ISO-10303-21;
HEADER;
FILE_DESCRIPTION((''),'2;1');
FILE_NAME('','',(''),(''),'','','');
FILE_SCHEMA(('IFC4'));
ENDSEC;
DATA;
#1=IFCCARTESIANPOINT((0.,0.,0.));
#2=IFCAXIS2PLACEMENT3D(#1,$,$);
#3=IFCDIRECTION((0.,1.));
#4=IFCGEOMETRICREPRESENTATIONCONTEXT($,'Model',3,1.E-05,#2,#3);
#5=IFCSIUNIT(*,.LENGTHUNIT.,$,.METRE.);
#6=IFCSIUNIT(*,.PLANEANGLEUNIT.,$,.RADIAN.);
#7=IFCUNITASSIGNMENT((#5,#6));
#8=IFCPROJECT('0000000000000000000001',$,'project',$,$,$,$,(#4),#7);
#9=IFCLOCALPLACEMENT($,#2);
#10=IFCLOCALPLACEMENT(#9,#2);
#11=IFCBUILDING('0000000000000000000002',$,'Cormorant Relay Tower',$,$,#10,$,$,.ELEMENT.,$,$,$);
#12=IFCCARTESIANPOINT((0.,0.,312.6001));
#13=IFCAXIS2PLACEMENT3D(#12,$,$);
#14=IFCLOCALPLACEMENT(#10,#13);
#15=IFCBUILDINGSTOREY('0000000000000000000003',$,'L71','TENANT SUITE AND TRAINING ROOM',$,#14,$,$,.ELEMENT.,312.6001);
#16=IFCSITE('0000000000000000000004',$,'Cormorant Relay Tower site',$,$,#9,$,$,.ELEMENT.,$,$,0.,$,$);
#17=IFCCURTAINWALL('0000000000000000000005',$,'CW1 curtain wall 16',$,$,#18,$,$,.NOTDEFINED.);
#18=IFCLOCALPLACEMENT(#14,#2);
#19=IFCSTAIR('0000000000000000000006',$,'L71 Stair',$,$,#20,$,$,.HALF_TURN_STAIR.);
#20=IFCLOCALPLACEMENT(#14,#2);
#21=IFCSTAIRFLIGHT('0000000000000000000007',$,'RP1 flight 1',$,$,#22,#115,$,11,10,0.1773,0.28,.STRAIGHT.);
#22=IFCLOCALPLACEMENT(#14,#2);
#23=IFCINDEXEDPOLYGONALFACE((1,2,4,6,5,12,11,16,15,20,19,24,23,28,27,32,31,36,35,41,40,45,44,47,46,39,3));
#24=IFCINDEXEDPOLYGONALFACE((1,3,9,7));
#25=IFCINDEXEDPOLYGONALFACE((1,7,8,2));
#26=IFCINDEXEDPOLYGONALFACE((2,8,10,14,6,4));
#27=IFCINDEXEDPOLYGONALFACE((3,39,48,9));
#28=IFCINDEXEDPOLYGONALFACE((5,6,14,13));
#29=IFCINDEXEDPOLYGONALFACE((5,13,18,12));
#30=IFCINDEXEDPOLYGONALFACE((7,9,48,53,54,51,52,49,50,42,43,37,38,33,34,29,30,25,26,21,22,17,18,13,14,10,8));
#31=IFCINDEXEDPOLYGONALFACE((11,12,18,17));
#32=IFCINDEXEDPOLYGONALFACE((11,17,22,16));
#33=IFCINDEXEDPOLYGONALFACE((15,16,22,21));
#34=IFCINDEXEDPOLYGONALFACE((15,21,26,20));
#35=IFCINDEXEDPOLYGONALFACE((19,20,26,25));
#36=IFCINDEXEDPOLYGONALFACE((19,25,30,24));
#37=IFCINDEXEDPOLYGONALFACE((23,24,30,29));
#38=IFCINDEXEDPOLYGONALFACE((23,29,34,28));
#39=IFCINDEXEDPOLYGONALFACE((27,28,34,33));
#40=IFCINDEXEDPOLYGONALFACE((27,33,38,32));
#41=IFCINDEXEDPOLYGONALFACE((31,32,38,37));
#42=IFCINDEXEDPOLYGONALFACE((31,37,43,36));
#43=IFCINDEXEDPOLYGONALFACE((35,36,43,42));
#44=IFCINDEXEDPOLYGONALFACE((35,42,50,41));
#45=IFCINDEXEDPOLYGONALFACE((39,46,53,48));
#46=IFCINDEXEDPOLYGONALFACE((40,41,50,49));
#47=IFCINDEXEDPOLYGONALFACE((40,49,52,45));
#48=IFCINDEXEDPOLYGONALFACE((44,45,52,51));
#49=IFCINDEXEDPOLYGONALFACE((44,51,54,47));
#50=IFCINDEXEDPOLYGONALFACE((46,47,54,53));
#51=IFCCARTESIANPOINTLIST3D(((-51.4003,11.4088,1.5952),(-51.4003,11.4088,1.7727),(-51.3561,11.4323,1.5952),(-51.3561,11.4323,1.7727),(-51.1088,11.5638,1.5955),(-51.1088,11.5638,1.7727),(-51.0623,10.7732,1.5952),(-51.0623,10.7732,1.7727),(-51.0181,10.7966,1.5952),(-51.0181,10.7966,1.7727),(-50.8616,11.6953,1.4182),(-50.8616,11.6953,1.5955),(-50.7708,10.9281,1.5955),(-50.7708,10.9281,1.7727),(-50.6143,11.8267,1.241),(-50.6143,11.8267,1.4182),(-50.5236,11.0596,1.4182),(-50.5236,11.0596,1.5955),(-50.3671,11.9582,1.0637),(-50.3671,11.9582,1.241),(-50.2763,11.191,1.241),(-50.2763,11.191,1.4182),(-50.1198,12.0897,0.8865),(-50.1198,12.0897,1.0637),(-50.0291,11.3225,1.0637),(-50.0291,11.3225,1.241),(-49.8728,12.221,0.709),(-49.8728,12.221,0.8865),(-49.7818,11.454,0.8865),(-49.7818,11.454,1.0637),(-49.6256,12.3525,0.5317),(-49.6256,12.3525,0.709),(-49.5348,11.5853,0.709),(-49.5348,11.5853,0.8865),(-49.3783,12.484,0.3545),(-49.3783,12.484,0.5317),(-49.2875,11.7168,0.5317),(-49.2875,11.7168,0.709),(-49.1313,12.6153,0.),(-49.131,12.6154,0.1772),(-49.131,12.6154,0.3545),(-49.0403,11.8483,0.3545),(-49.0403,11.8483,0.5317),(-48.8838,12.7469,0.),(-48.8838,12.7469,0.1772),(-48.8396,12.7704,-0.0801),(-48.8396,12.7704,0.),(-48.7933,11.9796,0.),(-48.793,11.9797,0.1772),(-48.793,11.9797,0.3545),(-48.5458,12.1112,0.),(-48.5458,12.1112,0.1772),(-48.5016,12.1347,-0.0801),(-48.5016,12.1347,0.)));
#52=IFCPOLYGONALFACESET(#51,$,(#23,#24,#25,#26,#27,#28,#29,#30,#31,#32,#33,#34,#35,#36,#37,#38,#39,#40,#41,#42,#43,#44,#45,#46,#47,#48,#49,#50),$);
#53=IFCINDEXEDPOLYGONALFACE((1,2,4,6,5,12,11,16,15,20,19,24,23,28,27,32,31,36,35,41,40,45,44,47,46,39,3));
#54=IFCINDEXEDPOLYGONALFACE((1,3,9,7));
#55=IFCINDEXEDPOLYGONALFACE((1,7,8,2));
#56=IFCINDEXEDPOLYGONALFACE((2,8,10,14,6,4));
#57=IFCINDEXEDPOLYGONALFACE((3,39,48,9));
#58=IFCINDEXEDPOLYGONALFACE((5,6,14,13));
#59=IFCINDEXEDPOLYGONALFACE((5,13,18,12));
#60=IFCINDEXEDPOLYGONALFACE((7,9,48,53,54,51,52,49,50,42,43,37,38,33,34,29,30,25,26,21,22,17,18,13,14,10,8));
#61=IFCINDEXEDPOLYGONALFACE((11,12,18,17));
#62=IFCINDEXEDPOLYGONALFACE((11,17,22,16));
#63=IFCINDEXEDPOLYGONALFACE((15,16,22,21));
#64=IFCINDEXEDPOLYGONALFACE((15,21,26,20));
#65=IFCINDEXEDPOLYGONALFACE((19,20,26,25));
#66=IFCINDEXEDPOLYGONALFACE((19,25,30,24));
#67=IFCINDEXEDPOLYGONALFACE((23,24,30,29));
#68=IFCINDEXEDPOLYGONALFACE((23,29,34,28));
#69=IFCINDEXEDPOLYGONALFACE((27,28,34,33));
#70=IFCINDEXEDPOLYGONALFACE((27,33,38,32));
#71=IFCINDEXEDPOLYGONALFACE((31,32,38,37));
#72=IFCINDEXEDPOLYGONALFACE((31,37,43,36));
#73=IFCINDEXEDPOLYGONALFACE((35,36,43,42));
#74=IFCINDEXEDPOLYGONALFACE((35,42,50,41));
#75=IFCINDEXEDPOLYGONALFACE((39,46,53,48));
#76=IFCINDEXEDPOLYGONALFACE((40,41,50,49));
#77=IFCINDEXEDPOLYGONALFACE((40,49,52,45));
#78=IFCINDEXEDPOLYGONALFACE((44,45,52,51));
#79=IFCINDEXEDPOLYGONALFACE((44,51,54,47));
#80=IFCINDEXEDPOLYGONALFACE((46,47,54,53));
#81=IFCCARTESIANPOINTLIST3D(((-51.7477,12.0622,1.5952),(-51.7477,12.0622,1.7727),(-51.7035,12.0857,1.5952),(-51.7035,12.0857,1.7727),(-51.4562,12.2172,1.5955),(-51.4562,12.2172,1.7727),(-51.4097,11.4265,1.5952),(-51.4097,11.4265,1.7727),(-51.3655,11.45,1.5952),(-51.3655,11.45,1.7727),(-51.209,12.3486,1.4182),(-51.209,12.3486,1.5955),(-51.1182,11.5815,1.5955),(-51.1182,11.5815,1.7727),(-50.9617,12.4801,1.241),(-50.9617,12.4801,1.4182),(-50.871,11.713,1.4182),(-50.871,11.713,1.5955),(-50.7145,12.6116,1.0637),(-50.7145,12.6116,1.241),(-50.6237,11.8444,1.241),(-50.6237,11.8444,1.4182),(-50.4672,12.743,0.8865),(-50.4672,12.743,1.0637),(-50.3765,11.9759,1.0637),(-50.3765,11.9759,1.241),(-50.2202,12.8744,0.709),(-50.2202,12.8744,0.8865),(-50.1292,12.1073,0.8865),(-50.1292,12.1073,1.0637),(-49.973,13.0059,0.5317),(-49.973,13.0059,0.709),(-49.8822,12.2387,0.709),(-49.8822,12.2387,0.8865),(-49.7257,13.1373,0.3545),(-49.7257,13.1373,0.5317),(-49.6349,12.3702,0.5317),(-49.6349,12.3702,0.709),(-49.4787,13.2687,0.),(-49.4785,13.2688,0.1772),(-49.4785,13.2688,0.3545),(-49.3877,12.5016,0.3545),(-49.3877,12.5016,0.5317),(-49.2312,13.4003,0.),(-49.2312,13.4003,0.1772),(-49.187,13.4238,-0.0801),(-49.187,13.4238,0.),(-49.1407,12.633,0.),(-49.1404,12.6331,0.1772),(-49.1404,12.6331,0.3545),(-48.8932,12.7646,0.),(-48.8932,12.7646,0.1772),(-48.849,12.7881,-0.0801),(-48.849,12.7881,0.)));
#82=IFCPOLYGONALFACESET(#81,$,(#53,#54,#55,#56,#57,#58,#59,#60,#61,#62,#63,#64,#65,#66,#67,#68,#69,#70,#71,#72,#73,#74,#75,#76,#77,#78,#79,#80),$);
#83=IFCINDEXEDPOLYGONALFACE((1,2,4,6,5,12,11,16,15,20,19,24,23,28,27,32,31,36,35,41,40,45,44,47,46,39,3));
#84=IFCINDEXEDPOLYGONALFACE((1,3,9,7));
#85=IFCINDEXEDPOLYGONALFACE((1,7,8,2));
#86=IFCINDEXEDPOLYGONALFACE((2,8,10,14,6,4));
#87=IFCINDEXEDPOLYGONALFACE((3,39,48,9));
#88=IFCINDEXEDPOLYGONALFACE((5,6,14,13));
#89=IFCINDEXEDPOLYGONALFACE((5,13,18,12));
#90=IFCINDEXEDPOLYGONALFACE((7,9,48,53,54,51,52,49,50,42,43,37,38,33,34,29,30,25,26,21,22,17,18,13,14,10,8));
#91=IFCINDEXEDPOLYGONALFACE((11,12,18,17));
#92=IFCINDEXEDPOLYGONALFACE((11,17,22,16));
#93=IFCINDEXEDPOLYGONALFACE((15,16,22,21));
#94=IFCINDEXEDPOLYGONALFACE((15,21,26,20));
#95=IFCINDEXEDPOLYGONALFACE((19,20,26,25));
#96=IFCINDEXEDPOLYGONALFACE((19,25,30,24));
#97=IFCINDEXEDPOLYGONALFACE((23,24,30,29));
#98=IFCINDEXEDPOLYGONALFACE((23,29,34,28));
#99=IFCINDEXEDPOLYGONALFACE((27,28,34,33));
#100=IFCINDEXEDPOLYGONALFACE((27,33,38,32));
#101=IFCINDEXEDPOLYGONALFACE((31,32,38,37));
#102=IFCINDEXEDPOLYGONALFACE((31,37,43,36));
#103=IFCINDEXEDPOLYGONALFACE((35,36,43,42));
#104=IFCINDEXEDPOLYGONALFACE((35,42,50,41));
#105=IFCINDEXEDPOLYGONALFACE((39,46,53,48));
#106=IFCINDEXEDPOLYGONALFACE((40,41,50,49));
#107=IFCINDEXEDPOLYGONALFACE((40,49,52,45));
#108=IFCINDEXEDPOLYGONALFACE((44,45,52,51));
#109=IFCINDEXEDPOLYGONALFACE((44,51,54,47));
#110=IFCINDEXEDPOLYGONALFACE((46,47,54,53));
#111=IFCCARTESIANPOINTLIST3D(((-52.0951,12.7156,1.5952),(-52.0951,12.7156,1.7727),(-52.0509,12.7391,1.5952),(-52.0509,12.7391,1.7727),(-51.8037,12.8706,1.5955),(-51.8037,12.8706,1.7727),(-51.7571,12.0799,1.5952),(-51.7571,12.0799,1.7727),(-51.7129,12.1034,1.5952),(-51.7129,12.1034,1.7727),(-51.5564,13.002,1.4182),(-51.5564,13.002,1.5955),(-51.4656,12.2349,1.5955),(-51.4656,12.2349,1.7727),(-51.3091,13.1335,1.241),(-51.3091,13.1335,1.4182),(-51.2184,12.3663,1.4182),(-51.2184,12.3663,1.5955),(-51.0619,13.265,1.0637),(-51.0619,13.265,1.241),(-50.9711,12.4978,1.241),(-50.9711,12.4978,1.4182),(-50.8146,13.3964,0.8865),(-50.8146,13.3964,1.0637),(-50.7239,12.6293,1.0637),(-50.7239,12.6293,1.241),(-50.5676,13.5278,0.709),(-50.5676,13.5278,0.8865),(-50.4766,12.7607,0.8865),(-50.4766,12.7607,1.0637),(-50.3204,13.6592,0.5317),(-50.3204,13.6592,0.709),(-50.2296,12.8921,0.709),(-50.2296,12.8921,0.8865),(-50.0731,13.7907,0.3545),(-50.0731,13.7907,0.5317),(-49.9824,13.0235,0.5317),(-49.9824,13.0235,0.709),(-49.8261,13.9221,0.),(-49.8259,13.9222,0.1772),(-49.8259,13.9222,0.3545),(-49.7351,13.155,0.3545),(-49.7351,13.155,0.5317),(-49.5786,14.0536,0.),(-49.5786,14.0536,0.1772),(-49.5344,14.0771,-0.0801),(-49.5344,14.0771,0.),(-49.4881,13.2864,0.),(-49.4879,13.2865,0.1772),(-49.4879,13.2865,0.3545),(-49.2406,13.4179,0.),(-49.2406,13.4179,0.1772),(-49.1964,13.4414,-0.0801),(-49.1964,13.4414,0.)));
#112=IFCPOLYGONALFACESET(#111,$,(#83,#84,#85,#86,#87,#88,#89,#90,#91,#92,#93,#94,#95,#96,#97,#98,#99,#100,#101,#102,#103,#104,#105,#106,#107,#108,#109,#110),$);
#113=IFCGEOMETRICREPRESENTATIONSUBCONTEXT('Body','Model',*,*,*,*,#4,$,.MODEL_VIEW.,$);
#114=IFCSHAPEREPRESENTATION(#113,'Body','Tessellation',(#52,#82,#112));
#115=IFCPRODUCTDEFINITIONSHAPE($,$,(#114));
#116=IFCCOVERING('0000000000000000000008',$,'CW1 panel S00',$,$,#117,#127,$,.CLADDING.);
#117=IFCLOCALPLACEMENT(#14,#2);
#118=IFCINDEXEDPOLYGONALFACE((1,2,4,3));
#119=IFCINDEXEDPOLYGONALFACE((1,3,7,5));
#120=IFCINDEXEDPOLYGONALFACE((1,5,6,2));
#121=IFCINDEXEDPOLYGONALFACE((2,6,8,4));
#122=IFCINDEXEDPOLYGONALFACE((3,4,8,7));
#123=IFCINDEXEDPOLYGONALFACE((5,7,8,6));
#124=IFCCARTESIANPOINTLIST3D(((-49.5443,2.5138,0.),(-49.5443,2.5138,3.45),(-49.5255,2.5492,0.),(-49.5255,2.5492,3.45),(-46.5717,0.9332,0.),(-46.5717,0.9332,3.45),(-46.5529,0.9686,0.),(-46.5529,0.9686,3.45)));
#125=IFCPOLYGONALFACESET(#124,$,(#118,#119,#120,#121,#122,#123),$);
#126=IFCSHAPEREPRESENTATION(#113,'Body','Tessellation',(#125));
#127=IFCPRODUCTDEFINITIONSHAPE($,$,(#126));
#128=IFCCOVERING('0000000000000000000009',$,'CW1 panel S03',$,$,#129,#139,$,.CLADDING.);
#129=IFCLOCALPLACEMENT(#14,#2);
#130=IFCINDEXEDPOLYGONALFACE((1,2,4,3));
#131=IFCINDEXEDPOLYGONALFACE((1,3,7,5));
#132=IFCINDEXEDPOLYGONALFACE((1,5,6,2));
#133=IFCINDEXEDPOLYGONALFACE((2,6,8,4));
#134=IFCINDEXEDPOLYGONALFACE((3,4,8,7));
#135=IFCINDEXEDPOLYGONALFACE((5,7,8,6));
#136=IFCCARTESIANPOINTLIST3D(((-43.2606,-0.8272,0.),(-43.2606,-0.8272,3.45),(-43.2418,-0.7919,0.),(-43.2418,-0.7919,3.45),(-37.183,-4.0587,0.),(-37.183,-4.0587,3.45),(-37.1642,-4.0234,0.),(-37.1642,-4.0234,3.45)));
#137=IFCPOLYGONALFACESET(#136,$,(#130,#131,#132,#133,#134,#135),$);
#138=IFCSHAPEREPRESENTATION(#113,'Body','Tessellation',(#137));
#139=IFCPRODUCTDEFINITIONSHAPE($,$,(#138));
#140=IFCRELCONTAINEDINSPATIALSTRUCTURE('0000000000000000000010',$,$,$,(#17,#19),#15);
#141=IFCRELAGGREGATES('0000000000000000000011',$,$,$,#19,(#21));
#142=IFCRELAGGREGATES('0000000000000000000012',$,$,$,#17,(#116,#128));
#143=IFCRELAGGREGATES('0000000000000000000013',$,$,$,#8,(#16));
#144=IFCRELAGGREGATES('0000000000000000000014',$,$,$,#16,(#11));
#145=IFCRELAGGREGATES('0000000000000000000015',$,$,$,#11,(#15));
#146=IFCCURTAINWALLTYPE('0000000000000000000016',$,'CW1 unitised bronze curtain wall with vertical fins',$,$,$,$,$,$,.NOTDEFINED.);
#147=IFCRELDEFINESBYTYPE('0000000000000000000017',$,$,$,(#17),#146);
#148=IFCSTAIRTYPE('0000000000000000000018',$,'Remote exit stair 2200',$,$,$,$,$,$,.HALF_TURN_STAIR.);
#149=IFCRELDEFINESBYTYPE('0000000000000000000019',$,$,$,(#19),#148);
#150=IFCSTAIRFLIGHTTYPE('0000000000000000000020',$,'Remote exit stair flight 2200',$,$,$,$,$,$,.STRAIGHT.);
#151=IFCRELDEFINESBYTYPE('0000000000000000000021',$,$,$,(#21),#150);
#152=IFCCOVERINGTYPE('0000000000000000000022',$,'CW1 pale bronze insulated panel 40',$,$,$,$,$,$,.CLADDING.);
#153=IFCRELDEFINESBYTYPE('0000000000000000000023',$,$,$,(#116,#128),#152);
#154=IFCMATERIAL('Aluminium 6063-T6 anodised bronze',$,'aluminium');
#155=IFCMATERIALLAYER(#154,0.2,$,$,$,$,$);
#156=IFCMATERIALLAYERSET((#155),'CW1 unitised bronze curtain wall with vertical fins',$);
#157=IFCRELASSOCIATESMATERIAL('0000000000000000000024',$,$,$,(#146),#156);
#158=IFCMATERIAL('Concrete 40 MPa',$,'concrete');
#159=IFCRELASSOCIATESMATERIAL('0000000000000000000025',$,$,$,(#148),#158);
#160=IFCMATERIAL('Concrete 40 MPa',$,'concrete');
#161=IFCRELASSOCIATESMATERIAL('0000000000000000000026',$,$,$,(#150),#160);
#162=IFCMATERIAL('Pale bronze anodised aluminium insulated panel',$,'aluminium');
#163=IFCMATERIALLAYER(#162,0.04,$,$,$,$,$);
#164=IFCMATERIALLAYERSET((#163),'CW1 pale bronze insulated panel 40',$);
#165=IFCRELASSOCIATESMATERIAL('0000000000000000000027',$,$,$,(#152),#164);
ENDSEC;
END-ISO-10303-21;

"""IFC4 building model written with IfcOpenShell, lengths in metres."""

from ifc_helpers import new_model, si_unit, direction, frame, origin, origin_2d, place, context, subcontext, project, spatial, polyline, rectangle, outline, extrude, material, layer, layer_set, type_object, element, aggregate, save


model = new_model("IFC4")

# Units and contexts
model_context = context("Model", 3, precision=1e-05, world=origin(), true_north=direction((0.0, 1.0)))
body_context = subcontext(model_context, "Body", "Model", "MODEL_VIEW")
ifc_project = project(units=[si_unit("LENGTHUNIT", "METRE"), si_unit("PLANEANGLEUNIT", "RADIAN")], contexts=[model_context])

# Site, building, storey
site_placement = place(None, origin())
site = spatial("IfcSite", under=ifc_project, at=site_placement, Name="Cormorant Relay Tower site", CompositionType="ELEMENT", RefElevation=0.0)
building_placement = place(site_placement, origin())
building = spatial("IfcBuilding", under=site, at=building_placement, Name="Cormorant Relay Tower", CompositionType="ELEMENT")
storey_placement = place(building_placement, frame((0.0, 0.0, 312.6001)))
storey = spatial("IfcBuildingStorey", under=building, at=storey_placement, Name="L71", Description="TENANT SUITE AND TRAINING ROOM", CompositionType="ELEMENT", Elevation=312.6001)

# Curtain wall
ifc_material_1 = material(Name="Aluminium 6063-T6 anodised bronze", Category="aluminium")
ifc_layer_1 = layer(ifc_material_1, 0.2)
ifc_layer_set_1 = layer_set([ifc_layer_1], Name="CW1 unitised bronze curtain wall with vertical fins")
curtain_wall_type = type_object("IfcCurtainWallType", Name="CW1 unitised bronze curtain wall with vertical fins", PredefinedType="NOTDEFINED", material=ifc_layer_set_1)
curtain_wall_placement = place(storey_placement, origin())
curtain_wall = element("IfcCurtainWall", 1, at=curtain_wall_placement, inside=storey, type_object=curtain_wall_type, Name="CW1 curtain wall 16", PredefinedType="NOTDEFINED")

# Stair, stair flight
ifc_material_2 = material(Name="Concrete 40 MPa", Category="concrete")
stair_type_1 = type_object("IfcStairType", Name="Remote exit stair 2200", PredefinedType="HALF_TURN_STAIR", material=ifc_material_2)
stair_1_placement = place(storey_placement, origin())
stair_1 = element("IfcStair", 2, at=stair_1_placement, inside=storey, type_object=stair_type_1, Name="L71 Stair", PredefinedType="HALF_TURN_STAIR")
ifc_material_3 = material(Name="Concrete 40 MPa", Category="concrete")
stair_flight_type_1 = type_object("IfcStairFlightType", Name="Remote exit stair flight 2200", PredefinedType="STRAIGHT", material=ifc_material_3)
stair_flight_1_placement = place(storey_placement, frame((-49.0623, 13.0825, 0.0), z_axis=(0.0, 0.0, 1.0), x_axis=(-0.882948, -0.469472, 0.0)))
stair_flight_1 = element("IfcStairFlight", 3, at=stair_flight_1_placement, type_object=stair_flight_type_1, Name="RP1 flight 1", NumberOfRisers=11, NumberOfTreads=10, PredefinedType="STRAIGHT", RiserHeight=0.1773, TreadLength=0.28, context=body_context, shape_type="SweptSolid", body=[
    extrude(outline(polyline([(-0.05, -0.0801), (-0.05, 0.0), (0.0, 0.0), (0.0, 0.1772), (0.28, 0.1772), (0.28, 0.3545), (0.5601, 0.3545), (0.5601, 0.5317), (0.8401, 0.5317), (0.8401, 0.709), (1.1201, 0.709), (1.1201, 0.8865), (1.3999, 0.8865), (1.3999, 1.0637), (1.6799, 1.0637), (1.6799, 1.241), (1.96, 1.241), (1.96, 1.4182), (2.24, 1.4182), (2.24, 1.5955), (2.52, 1.5955), (2.52, 1.7727), (2.8, 1.7727), (2.8501, 1.7727), (2.8501, 1.5952), (2.8, 1.5952), (0.2803, 0.0), (-0.05, -0.0801)])), frame((0.0, 1.1001, 0.0), z_axis=(0.0, -1.0, 0.0), x_axis=(1.0, 0.0, 0.0)), (0.0, 0.0, 1.0), 0.72),
    extrude(outline(polyline([(-0.05, -0.0801), (-0.05, 0.0), (0.0, 0.0), (0.0, 0.1772), (0.28, 0.1772), (0.28, 0.3545), (0.5601, 0.3545), (0.5601, 0.5317), (0.8401, 0.5317), (0.8401, 0.709), (1.1201, 0.709), (1.1201, 0.8865), (1.3999, 0.8865), (1.3999, 1.0637), (1.6799, 1.0637), (1.6799, 1.241), (1.96, 1.241), (1.96, 1.4182), (2.24, 1.4182), (2.24, 1.5955), (2.52, 1.5955), (2.52, 1.7727), (2.8, 1.7727), (2.8501, 1.7727), (2.8501, 1.5952), (2.8, 1.5952), (0.2803, 0.0), (-0.05, -0.0801)])), frame((0.0, 0.3601, 0.0), z_axis=(0.0, -1.0, 0.0), x_axis=(1.0, 0.0, 0.0)), (0.0, 0.0, 1.0), 0.72),
    extrude(outline(polyline([(-0.05, -0.0801), (-0.05, 0.0), (0.0, 0.0), (0.0, 0.1772), (0.28, 0.1772), (0.28, 0.3545), (0.5601, 0.3545), (0.5601, 0.5317), (0.8401, 0.5317), (0.8401, 0.709), (1.1201, 0.709), (1.1201, 0.8865), (1.3999, 0.8865), (1.3999, 1.0637), (1.6799, 1.0637), (1.6799, 1.241), (1.96, 1.241), (1.96, 1.4182), (2.24, 1.4182), (2.24, 1.5955), (2.52, 1.5955), (2.52, 1.7727), (2.8, 1.7727), (2.8501, 1.7727), (2.8501, 1.5952), (2.8, 1.5952), (0.2803, 0.0), (-0.05, -0.0801)])), frame((0.0, -0.3799, 0.0), z_axis=(0.0, -1.0, 0.0), x_axis=(1.0, 0.0, 0.0)), (0.0, 0.0, 1.0), 0.72),
])
aggregate(stair_1, [stair_flight_1])

# Coverings
ifc_material_4 = material(Name="Pale bronze anodised aluminium insulated panel", Category="aluminium")
ifc_layer_2 = layer(ifc_material_4, 0.04)
ifc_layer_set_2 = layer_set([ifc_layer_2], Name="CW1 pale bronze insulated panel 40")
covering_type = type_object("IfcCoveringType", Name="CW1 pale bronze insulated panel 40", PredefinedType="CLADDING", material=ifc_layer_set_2)
covering_1_placement = place(storey_placement, frame((-48.0486, 1.7412, 0.0), z_axis=(0.0, 0.0, 1.0), x_axis=(0.882948, -0.469472, 0.0)))
covering_1 = element("IfcCovering", 4, at=covering_1_placement, type_object=covering_type, Name="CW1 panel S00", PredefinedType="CLADDING", context=body_context, shape_type="SweptSolid", body=[
    extrude(rectangle(XDim=3.3667, YDim=0.04, at=origin_2d()), origin(), (0.0, 0.0, 1.0), 3.45),
])
covering_2_placement = place(storey_placement, frame((-40.2124, -2.4253, 0.0), z_axis=(0.0, 0.0, 1.0), x_axis=(0.882948, -0.469472, 0.0)))
covering_2 = element("IfcCovering", 5, at=covering_2_placement, type_object=covering_type, Name="CW1 panel S03", PredefinedType="CLADDING", context=body_context, shape_type="SweptSolid", body=[
    extrude(rectangle(XDim=6.8833, YDim=0.04, at=origin_2d()), origin(), (0.0, 0.0, 1.0), 3.45),
])
aggregate(curtain_wall, [covering_1, covering_2])

save(model, "model.ifc")
